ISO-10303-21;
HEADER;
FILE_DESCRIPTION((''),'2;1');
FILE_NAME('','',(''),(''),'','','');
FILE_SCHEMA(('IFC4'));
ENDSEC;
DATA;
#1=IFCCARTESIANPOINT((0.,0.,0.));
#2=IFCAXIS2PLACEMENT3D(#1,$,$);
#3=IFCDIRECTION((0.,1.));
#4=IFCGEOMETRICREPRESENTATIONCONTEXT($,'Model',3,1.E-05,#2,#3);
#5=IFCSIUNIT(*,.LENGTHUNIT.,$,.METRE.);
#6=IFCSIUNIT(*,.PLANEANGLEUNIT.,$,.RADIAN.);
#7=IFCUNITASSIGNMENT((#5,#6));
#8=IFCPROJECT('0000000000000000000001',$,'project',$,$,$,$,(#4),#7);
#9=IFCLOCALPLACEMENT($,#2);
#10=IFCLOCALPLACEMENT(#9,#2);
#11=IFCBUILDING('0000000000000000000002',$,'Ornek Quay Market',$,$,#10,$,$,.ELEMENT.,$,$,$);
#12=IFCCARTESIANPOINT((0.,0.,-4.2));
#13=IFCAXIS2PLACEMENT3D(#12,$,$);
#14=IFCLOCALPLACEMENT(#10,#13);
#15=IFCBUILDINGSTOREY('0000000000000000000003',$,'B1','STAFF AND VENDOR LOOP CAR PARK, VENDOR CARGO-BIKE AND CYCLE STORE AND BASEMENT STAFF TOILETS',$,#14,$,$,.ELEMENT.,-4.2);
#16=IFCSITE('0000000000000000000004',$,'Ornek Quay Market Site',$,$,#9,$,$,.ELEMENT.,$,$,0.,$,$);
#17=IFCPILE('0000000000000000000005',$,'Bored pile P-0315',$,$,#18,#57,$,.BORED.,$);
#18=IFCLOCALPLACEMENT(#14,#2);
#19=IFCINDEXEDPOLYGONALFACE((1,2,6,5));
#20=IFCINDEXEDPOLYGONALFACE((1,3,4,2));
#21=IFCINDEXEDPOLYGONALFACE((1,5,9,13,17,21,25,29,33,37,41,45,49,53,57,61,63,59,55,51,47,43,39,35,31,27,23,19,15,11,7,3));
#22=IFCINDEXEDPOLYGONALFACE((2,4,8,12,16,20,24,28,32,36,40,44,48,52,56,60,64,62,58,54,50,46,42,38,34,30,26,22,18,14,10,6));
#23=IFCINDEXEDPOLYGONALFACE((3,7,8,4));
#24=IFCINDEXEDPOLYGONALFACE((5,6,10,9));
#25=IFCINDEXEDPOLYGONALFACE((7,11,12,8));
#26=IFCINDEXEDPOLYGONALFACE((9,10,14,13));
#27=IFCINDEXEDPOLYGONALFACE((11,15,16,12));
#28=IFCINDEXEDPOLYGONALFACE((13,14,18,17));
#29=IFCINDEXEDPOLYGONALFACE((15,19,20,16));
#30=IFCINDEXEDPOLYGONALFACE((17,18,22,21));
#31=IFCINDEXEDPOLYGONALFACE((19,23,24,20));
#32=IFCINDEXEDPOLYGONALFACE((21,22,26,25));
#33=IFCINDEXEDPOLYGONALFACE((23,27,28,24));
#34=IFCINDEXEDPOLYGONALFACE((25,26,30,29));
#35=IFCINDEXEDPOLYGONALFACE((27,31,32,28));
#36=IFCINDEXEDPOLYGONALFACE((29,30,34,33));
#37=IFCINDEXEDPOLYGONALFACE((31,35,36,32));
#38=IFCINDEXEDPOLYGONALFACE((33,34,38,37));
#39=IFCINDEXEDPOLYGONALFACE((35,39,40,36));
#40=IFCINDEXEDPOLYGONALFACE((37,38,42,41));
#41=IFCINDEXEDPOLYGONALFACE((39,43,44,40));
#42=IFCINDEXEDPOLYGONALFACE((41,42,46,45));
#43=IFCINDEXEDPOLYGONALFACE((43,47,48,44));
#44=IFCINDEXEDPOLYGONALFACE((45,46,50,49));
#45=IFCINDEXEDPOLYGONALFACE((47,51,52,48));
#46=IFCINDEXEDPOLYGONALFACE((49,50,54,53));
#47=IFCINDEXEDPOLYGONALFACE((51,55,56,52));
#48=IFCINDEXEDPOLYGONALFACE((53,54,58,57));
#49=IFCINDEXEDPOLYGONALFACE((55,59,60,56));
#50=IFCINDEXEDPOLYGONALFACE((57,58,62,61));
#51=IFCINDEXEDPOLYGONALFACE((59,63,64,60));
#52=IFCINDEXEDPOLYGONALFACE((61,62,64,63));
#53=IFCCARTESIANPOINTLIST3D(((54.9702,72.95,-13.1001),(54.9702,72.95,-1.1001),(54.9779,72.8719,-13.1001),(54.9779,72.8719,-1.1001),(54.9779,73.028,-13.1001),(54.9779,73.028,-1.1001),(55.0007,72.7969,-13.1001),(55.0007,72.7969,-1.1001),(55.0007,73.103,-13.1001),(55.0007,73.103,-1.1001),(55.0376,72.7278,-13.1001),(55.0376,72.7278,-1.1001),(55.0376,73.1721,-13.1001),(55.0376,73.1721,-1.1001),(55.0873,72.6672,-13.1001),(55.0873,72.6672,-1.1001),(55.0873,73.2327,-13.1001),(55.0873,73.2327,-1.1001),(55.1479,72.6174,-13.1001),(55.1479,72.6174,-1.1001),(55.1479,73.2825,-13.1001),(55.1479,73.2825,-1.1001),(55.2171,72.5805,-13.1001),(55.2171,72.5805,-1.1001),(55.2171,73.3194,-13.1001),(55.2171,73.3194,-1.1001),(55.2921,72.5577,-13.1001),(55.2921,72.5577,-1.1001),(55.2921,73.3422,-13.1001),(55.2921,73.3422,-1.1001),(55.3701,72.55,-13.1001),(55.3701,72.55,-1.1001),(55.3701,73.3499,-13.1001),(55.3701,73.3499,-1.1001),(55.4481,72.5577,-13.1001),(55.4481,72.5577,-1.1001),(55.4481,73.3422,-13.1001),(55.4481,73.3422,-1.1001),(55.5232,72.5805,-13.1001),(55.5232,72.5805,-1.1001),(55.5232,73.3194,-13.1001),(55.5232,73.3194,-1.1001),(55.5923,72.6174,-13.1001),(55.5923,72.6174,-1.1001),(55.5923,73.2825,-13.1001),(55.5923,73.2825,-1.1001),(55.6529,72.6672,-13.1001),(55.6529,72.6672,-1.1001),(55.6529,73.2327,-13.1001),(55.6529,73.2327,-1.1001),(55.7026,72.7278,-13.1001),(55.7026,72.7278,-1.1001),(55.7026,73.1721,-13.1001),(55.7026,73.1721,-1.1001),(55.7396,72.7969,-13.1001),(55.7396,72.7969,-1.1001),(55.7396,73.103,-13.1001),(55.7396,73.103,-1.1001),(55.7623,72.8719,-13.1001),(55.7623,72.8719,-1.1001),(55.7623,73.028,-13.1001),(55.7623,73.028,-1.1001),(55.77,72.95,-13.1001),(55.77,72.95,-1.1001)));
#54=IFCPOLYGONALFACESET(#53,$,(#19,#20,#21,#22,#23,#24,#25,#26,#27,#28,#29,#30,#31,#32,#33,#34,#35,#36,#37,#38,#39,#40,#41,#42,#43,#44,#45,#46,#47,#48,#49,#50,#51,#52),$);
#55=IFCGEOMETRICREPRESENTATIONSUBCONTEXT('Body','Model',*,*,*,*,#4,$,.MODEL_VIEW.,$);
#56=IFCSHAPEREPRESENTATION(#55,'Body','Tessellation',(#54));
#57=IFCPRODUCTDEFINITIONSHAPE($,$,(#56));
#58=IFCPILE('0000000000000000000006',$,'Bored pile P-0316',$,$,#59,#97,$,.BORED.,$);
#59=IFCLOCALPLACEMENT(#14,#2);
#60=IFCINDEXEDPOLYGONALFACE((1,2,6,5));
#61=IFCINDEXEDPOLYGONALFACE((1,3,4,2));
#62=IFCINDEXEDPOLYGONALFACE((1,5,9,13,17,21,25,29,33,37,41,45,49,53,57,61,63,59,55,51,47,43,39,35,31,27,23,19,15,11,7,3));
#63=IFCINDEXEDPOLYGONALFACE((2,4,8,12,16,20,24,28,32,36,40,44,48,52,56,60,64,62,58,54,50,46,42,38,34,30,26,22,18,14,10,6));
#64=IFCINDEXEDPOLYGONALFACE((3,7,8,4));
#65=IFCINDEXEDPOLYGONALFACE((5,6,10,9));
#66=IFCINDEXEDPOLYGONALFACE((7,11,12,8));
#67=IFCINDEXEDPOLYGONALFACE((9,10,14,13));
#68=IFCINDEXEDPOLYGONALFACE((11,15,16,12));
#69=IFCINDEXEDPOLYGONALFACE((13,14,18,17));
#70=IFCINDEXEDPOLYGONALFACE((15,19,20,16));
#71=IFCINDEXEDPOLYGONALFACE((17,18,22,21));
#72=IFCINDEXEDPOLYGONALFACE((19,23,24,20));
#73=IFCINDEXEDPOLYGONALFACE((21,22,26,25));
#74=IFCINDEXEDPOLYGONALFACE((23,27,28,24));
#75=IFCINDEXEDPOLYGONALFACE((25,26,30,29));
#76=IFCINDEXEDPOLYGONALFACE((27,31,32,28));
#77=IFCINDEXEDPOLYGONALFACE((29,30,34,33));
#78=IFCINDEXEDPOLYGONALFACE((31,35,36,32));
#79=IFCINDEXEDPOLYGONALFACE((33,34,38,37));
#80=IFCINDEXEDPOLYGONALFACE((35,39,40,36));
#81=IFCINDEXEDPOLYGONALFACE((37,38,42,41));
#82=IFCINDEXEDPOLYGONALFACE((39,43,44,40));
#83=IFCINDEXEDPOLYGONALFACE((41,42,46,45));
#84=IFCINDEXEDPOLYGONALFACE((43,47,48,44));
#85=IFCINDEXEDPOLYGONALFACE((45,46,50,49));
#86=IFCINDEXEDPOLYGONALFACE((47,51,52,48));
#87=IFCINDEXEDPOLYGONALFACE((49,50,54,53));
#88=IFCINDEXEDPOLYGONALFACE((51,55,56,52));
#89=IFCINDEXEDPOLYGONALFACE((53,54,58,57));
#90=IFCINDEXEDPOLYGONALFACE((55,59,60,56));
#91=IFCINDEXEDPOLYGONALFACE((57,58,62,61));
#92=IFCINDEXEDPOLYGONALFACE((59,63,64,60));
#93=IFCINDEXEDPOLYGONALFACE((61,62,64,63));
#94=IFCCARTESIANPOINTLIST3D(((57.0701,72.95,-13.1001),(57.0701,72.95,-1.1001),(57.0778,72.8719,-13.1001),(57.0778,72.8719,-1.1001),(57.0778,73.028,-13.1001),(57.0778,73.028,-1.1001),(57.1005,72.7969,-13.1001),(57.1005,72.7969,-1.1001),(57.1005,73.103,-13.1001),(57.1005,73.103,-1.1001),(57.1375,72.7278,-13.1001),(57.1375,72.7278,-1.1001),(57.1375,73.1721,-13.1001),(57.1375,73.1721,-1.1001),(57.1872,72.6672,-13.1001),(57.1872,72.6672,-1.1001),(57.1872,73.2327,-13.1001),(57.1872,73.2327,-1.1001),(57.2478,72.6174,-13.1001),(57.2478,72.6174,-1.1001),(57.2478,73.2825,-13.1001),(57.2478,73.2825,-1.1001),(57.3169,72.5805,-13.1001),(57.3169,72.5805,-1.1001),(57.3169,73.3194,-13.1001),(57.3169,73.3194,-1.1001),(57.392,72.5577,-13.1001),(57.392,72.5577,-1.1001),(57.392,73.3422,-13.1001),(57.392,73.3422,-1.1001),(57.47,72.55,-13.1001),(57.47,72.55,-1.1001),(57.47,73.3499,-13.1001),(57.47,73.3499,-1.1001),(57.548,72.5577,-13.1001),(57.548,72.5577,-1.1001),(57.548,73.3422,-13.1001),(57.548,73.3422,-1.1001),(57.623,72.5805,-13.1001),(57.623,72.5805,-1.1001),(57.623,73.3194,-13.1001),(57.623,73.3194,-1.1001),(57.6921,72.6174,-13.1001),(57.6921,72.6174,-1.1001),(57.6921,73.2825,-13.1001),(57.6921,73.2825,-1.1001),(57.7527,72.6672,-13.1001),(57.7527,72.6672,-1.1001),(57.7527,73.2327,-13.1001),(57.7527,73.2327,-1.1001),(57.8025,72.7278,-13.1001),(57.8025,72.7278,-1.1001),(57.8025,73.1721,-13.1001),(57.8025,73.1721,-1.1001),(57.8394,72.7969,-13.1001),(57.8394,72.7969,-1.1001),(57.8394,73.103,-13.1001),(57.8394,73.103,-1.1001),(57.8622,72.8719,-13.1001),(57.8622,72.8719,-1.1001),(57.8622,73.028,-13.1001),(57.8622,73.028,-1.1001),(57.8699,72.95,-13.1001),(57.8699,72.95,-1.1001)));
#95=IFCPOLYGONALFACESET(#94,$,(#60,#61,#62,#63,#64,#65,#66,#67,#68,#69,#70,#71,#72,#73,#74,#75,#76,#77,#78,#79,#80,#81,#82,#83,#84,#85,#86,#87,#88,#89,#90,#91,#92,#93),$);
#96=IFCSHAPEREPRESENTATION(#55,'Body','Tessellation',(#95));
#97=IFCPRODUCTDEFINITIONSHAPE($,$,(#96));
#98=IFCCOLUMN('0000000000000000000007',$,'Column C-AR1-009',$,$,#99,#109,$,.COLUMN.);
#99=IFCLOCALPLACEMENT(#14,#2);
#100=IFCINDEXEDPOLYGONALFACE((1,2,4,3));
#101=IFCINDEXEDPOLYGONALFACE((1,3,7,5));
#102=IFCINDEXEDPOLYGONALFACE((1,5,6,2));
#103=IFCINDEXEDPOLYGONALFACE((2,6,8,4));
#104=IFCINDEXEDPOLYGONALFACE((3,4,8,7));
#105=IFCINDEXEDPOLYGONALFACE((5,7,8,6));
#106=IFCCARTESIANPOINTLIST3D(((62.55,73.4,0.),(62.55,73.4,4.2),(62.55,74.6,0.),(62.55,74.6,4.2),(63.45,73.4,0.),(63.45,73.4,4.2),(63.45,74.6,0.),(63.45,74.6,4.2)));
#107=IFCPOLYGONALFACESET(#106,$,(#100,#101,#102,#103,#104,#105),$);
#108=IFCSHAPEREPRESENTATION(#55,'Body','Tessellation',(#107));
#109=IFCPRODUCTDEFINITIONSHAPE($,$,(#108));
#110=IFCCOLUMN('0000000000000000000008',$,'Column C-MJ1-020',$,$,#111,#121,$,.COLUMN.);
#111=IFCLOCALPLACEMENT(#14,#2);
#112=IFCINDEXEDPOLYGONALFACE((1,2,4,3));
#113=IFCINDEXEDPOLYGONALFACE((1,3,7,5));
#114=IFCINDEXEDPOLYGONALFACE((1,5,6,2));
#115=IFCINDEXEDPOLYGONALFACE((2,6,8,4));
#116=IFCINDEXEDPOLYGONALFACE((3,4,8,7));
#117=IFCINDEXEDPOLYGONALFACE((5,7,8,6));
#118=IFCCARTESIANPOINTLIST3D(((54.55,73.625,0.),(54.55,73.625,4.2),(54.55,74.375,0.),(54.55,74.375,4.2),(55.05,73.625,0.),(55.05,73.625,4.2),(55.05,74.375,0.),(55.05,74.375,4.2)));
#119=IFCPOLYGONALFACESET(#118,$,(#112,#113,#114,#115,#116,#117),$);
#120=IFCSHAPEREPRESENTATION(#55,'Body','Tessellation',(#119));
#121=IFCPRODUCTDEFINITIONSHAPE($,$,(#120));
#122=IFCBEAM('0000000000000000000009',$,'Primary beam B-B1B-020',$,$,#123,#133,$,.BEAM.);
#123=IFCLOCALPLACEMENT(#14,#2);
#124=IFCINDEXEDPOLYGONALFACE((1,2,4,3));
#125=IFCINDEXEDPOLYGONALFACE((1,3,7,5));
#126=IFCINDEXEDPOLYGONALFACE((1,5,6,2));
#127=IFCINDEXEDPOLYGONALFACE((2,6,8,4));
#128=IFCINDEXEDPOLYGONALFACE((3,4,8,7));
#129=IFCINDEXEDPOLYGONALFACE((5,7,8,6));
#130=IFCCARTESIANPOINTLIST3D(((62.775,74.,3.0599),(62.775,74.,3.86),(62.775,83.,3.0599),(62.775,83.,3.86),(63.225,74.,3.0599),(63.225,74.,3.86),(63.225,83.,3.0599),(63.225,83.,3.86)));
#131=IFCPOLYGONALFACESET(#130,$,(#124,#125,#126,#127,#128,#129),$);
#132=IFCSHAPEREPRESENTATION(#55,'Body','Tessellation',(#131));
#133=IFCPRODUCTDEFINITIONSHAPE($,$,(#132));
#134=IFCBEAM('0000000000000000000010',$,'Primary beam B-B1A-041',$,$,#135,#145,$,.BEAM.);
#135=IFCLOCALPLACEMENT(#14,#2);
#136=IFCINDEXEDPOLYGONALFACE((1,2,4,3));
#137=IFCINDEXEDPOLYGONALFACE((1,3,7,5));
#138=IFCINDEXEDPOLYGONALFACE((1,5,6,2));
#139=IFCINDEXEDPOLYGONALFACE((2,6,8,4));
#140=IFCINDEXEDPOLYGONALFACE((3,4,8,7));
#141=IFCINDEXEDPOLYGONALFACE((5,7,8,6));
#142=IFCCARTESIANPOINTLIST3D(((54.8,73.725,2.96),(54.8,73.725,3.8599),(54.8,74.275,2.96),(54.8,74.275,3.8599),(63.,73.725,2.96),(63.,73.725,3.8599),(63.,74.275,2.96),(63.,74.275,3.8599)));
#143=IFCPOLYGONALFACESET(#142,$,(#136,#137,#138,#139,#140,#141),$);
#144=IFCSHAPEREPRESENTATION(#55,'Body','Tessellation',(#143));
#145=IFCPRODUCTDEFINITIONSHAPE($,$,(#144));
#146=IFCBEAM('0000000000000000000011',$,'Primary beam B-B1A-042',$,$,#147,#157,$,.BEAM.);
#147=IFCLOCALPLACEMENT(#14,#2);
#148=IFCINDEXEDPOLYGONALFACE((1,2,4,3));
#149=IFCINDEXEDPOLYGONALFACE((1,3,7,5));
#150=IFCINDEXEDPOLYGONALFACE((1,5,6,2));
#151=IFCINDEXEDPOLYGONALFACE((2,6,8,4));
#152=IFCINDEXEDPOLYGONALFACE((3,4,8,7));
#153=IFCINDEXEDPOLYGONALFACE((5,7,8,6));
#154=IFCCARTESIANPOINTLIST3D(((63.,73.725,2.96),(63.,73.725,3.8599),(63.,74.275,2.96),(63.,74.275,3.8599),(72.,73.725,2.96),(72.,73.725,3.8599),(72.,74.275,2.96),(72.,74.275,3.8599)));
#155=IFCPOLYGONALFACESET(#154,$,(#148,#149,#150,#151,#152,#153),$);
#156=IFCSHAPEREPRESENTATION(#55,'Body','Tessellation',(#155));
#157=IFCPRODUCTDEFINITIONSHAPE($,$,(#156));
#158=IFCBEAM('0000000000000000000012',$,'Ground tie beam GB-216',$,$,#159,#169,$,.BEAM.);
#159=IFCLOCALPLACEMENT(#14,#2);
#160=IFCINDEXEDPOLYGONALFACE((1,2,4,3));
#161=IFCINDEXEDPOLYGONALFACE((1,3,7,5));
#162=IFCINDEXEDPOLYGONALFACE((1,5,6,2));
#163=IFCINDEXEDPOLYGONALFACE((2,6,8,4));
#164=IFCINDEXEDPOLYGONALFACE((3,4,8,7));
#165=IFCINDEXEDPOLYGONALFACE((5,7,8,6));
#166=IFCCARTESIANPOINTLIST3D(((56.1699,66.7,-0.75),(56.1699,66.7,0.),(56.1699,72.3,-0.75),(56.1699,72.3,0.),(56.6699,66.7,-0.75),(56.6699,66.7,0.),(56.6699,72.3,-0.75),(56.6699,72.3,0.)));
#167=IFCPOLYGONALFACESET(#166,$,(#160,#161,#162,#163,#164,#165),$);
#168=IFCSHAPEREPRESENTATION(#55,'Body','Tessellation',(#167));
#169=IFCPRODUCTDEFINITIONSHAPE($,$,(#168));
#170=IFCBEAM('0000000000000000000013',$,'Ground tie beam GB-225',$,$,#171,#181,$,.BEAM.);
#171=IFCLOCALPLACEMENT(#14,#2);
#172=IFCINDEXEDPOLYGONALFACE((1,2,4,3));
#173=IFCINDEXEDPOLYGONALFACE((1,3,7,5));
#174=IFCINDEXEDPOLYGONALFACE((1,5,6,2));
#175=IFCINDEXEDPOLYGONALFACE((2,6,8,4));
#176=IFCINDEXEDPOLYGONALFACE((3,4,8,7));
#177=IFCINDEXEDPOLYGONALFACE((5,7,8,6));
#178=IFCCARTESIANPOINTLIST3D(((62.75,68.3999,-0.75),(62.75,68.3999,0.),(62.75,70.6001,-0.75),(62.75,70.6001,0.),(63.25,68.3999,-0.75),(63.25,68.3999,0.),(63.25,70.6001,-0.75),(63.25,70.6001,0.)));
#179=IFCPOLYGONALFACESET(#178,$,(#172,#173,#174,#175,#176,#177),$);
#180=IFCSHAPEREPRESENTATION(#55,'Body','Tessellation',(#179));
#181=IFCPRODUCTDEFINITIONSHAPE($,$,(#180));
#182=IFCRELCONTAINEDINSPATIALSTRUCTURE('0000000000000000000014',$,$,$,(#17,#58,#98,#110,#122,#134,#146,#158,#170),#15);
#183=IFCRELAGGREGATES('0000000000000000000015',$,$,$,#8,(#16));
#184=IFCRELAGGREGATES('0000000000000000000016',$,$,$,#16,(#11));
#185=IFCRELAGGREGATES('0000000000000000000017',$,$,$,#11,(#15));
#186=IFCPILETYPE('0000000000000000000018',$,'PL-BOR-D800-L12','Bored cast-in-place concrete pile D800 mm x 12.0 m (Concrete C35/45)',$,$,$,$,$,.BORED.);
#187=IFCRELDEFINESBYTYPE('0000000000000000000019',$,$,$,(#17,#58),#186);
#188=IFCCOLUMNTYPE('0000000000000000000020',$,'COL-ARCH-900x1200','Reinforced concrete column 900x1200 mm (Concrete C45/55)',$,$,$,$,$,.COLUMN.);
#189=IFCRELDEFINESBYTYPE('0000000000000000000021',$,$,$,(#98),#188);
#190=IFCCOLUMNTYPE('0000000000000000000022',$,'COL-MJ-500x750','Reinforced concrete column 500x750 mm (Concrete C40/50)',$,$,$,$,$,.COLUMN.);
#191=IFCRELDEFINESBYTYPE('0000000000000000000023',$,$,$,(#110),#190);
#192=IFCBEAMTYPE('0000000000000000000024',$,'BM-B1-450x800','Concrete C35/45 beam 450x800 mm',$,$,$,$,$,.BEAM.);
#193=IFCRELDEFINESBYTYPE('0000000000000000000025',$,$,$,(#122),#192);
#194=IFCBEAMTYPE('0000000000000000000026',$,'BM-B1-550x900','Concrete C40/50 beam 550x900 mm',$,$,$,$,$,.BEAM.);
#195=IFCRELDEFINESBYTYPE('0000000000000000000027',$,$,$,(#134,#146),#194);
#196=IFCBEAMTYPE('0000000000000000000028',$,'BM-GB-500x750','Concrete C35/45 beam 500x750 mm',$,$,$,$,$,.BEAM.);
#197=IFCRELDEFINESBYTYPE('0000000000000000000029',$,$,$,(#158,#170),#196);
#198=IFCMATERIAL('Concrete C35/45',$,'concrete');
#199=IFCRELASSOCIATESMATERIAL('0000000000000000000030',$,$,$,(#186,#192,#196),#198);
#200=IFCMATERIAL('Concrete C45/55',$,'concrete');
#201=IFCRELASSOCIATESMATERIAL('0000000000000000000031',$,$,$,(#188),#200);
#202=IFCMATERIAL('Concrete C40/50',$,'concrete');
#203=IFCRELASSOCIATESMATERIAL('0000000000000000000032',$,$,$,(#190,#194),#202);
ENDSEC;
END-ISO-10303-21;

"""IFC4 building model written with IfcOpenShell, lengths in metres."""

from ifc_helpers import new_model, si_unit, direction, frame, origin, origin_2d, place, context, subcontext, project, spatial, rectangle, circle, extrude, material, material_profile, profile_set, type_object, element, save


model = new_model("IFC4")

# Units and contexts
model_context = context("Model", 3, precision=1e-05, world=origin(), true_north=direction((0.0, 1.0)))
body_context = subcontext(model_context, "Body", "Model", "MODEL_VIEW")
ifc_project = project(units=[si_unit("LENGTHUNIT", "METRE"), si_unit("PLANEANGLEUNIT", "RADIAN")], contexts=[model_context])

# Site, building, storey
site_placement = place(None, origin())
site = spatial("IfcSite", under=ifc_project, at=site_placement, Name="Ornek Quay Market Site", CompositionType="ELEMENT", RefElevation=0.0)
building_placement = place(site_placement, origin())
building = spatial("IfcBuilding", under=site, at=building_placement, Name="Ornek Quay Market", CompositionType="ELEMENT")
storey_placement = place(building_placement, frame((0.0, 0.0, -4.2)))
storey = spatial("IfcBuildingStorey", under=building, at=storey_placement, Name="B1", Description="STAFF AND VENDOR LOOP CAR PARK, VENDOR CARGO-BIKE AND CYCLE STORE AND BASEMENT STAFF TOILETS", CompositionType="ELEMENT", Elevation=-4.2)

# Piles
ifc_material_1 = material(Name="Concrete C35/45", Category="concrete")
ifc_material_profile_1 = material_profile(ifc_material_1, circle(Radius=0.3999, at=origin_2d()), Name="PILE D800", Category="concrete")
ifc_profile_set_1 = profile_set([ifc_material_profile_1], Name="Concrete C35/45")
pile_type_1 = type_object("IfcPileType", Name="PL-BOR-D800-L12", Description="Bored cast-in-place concrete pile D800 mm x 12.0 m (Concrete C35/45)", PredefinedType="BORED", material=ifc_profile_set_1)
for number, where, z_axis, x_axis, name in (
    (1, (55.3701, 72.95, -1.1001), (0.0, 0.0, -1.0), (1.0, 0.0, 0.0), "Bored pile P-0315"),
    (2, (57.47, 72.95, -1.1001), (0.0, 0.0, -1.0), (1.0, 0.0, 0.0), "Bored pile P-0316"),
):
    element("IfcPile", number, at=place(storey_placement, frame(where, z_axis=z_axis, x_axis=x_axis)), inside=storey, type_object=pile_type_1, Name=name, PredefinedType="BORED", context=body_context, shape_type="SweptSolid", body=[
        extrude(circle(Radius=0.3999, at=origin_2d()), origin(), (0.0, 0.0, 1.0), 12.0),
    ])

# Columns
ifc_material_2 = material(Name="Concrete C45/55", Category="concrete")
ifc_material_profile_2 = material_profile(ifc_material_2, rectangle(XDim=0.8999, YDim=1.2, at=origin_2d()), Name="RC 900x1200", Category="concrete")
ifc_profile_set_2 = profile_set([ifc_material_profile_2], Name="Concrete C45/55")
column_type_1 = type_object("IfcColumnType", Name="COL-ARCH-900x1200", Description="Reinforced concrete column 900x1200 mm (Concrete C45/55)", PredefinedType="COLUMN", material=ifc_profile_set_2)
column_1_placement = place(storey_placement, frame((63.0, 74.0, 0.0), z_axis=(0.0, 0.0, 1.0), x_axis=(1.0, 0.0, 0.0)))
element("IfcColumn", 3, at=column_1_placement, inside=storey, type_object=column_type_1, Name="Column C-AR1-009", PredefinedType="COLUMN", context=body_context, shape_type="SweptSolid", body=[
    extrude(rectangle(XDim=0.8999, YDim=1.2, at=origin_2d()), origin(), (0.0, 0.0, 1.0), 4.2),
])
ifc_material_3 = material(Name="Concrete C40/50", Category="concrete")
ifc_material_profile_3 = material_profile(ifc_material_3, rectangle(XDim=0.5, YDim=0.75, at=origin_2d()), Name="RC 500x750", Category="concrete")
ifc_profile_set_3 = profile_set([ifc_material_profile_3], Name="Concrete C40/50")
column_type_2 = type_object("IfcColumnType", Name="COL-MJ-500x750", Description="Reinforced concrete column 500x750 mm (Concrete C40/50)", PredefinedType="COLUMN", material=ifc_profile_set_3)
column_2_placement = place(storey_placement, frame((54.8, 74.0, 0.0), z_axis=(0.0, 0.0, 1.0), x_axis=(1.0, 0.0, 0.0)))
element("IfcColumn", 4, at=column_2_placement, inside=storey, type_object=column_type_2, Name="Column C-MJ1-020", PredefinedType="COLUMN", context=body_context, shape_type="SweptSolid", body=[
    extrude(rectangle(XDim=0.5, YDim=0.75, at=origin_2d()), origin(), (0.0, 0.0, 1.0), 4.2),
])

# Beams
ifc_material_profile_4 = material_profile(ifc_material_1, rectangle(XDim=0.45, YDim=0.8, at=origin_2d()), Name="RC 450x800", Category="concrete")
ifc_profile_set_4 = profile_set([ifc_material_profile_4], Name="Concrete C35/45")
beam_type_1 = type_object("IfcBeamType", Name="BM-B1-450x800", Description="Concrete C35/45 beam 450x800 mm", PredefinedType="BEAM", material=ifc_profile_set_4)
beam_1_placement = place(storey_placement, frame((63.0, 74.0, 3.46), z_axis=(0.0, 1.0, 0.0), x_axis=(-1.0, 0.0, 0.0)))
element("IfcBeam", 5, at=beam_1_placement, inside=storey, type_object=beam_type_1, Name="Primary beam B-B1B-020", PredefinedType="BEAM", context=body_context, shape_type="SweptSolid", body=[
    extrude(rectangle(XDim=0.45, YDim=0.8, at=origin_2d()), origin(), (0.0, 0.0, 1.0), 9.0),
])
ifc_material_profile_5 = material_profile(ifc_material_3, rectangle(XDim=0.55, YDim=0.8999, at=origin_2d()), Name="RC 550x900", Category="concrete")
ifc_profile_set_5 = profile_set([ifc_material_profile_5], Name="Concrete C40/50")
beam_type_2 = type_object("IfcBeamType", Name="BM-B1-550x900", Description="Concrete C40/50 beam 550x900 mm", PredefinedType="BEAM", material=ifc_profile_set_5)
beam_2_placement = place(storey_placement, frame((54.8, 74.0, 3.4099), z_axis=(1.0, 0.0, 0.0), x_axis=(0.0, 1.0, 0.0)))
element("IfcBeam", 6, at=beam_2_placement, inside=storey, type_object=beam_type_2, Name="Primary beam B-B1A-041", PredefinedType="BEAM", context=body_context, shape_type="SweptSolid", body=[
    extrude(rectangle(XDim=0.55, YDim=0.8999, at=origin_2d()), origin(), (0.0, 0.0, 1.0), 8.2),
])
beam_3_placement = place(storey_placement, frame((63.0, 74.0, 3.4099), z_axis=(1.0, 0.0, 0.0), x_axis=(0.0, 1.0, 0.0)))
element("IfcBeam", 7, at=beam_3_placement, inside=storey, type_object=beam_type_2, Name="Primary beam B-B1A-042", PredefinedType="BEAM", context=body_context, shape_type="SweptSolid", body=[
    extrude(rectangle(XDim=0.55, YDim=0.8999, at=origin_2d()), origin(), (0.0, 0.0, 1.0), 9.0),
])
ifc_material_profile_6 = material_profile(ifc_material_1, rectangle(XDim=0.5, YDim=0.75, at=origin_2d()), Name="RC 500x750", Category="concrete")
ifc_profile_set_6 = profile_set([ifc_material_profile_6], Name="Concrete C35/45")
beam_type_3 = type_object("IfcBeamType", Name="BM-GB-500x750", Description="Concrete C35/45 beam 500x750 mm", PredefinedType="BEAM", material=ifc_profile_set_6)
beam_4_placement = place(storey_placement, frame((56.4199, 66.7, -0.375), z_axis=(0.0, 1.0, 0.0), x_axis=(-1.0, 0.0, 0.0)))
element("IfcBeam", 8, at=beam_4_placement, inside=storey, type_object=beam_type_3, Name="Ground tie beam GB-216", PredefinedType="BEAM", context=body_context, shape_type="SweptSolid", body=[
    extrude(rectangle(XDim=0.5, YDim=0.75, at=origin_2d()), origin(), (0.0, 0.0, 1.0), 5.6001),
])
beam_5_placement = place(storey_placement, frame((63.0, 68.3999, -0.375), z_axis=(0.0, 1.0, 0.0), x_axis=(-1.0, 0.0, 0.0)))
element("IfcBeam", 9, at=beam_5_placement, inside=storey, type_object=beam_type_3, Name="Ground tie beam GB-225", PredefinedType="BEAM", context=body_context, shape_type="SweptSolid", body=[
    extrude(rectangle(XDim=0.5, YDim=0.75, at=origin_2d()), origin(), (0.0, 0.0, 1.0), 2.2002),
])

save(model, "model.ifc")
